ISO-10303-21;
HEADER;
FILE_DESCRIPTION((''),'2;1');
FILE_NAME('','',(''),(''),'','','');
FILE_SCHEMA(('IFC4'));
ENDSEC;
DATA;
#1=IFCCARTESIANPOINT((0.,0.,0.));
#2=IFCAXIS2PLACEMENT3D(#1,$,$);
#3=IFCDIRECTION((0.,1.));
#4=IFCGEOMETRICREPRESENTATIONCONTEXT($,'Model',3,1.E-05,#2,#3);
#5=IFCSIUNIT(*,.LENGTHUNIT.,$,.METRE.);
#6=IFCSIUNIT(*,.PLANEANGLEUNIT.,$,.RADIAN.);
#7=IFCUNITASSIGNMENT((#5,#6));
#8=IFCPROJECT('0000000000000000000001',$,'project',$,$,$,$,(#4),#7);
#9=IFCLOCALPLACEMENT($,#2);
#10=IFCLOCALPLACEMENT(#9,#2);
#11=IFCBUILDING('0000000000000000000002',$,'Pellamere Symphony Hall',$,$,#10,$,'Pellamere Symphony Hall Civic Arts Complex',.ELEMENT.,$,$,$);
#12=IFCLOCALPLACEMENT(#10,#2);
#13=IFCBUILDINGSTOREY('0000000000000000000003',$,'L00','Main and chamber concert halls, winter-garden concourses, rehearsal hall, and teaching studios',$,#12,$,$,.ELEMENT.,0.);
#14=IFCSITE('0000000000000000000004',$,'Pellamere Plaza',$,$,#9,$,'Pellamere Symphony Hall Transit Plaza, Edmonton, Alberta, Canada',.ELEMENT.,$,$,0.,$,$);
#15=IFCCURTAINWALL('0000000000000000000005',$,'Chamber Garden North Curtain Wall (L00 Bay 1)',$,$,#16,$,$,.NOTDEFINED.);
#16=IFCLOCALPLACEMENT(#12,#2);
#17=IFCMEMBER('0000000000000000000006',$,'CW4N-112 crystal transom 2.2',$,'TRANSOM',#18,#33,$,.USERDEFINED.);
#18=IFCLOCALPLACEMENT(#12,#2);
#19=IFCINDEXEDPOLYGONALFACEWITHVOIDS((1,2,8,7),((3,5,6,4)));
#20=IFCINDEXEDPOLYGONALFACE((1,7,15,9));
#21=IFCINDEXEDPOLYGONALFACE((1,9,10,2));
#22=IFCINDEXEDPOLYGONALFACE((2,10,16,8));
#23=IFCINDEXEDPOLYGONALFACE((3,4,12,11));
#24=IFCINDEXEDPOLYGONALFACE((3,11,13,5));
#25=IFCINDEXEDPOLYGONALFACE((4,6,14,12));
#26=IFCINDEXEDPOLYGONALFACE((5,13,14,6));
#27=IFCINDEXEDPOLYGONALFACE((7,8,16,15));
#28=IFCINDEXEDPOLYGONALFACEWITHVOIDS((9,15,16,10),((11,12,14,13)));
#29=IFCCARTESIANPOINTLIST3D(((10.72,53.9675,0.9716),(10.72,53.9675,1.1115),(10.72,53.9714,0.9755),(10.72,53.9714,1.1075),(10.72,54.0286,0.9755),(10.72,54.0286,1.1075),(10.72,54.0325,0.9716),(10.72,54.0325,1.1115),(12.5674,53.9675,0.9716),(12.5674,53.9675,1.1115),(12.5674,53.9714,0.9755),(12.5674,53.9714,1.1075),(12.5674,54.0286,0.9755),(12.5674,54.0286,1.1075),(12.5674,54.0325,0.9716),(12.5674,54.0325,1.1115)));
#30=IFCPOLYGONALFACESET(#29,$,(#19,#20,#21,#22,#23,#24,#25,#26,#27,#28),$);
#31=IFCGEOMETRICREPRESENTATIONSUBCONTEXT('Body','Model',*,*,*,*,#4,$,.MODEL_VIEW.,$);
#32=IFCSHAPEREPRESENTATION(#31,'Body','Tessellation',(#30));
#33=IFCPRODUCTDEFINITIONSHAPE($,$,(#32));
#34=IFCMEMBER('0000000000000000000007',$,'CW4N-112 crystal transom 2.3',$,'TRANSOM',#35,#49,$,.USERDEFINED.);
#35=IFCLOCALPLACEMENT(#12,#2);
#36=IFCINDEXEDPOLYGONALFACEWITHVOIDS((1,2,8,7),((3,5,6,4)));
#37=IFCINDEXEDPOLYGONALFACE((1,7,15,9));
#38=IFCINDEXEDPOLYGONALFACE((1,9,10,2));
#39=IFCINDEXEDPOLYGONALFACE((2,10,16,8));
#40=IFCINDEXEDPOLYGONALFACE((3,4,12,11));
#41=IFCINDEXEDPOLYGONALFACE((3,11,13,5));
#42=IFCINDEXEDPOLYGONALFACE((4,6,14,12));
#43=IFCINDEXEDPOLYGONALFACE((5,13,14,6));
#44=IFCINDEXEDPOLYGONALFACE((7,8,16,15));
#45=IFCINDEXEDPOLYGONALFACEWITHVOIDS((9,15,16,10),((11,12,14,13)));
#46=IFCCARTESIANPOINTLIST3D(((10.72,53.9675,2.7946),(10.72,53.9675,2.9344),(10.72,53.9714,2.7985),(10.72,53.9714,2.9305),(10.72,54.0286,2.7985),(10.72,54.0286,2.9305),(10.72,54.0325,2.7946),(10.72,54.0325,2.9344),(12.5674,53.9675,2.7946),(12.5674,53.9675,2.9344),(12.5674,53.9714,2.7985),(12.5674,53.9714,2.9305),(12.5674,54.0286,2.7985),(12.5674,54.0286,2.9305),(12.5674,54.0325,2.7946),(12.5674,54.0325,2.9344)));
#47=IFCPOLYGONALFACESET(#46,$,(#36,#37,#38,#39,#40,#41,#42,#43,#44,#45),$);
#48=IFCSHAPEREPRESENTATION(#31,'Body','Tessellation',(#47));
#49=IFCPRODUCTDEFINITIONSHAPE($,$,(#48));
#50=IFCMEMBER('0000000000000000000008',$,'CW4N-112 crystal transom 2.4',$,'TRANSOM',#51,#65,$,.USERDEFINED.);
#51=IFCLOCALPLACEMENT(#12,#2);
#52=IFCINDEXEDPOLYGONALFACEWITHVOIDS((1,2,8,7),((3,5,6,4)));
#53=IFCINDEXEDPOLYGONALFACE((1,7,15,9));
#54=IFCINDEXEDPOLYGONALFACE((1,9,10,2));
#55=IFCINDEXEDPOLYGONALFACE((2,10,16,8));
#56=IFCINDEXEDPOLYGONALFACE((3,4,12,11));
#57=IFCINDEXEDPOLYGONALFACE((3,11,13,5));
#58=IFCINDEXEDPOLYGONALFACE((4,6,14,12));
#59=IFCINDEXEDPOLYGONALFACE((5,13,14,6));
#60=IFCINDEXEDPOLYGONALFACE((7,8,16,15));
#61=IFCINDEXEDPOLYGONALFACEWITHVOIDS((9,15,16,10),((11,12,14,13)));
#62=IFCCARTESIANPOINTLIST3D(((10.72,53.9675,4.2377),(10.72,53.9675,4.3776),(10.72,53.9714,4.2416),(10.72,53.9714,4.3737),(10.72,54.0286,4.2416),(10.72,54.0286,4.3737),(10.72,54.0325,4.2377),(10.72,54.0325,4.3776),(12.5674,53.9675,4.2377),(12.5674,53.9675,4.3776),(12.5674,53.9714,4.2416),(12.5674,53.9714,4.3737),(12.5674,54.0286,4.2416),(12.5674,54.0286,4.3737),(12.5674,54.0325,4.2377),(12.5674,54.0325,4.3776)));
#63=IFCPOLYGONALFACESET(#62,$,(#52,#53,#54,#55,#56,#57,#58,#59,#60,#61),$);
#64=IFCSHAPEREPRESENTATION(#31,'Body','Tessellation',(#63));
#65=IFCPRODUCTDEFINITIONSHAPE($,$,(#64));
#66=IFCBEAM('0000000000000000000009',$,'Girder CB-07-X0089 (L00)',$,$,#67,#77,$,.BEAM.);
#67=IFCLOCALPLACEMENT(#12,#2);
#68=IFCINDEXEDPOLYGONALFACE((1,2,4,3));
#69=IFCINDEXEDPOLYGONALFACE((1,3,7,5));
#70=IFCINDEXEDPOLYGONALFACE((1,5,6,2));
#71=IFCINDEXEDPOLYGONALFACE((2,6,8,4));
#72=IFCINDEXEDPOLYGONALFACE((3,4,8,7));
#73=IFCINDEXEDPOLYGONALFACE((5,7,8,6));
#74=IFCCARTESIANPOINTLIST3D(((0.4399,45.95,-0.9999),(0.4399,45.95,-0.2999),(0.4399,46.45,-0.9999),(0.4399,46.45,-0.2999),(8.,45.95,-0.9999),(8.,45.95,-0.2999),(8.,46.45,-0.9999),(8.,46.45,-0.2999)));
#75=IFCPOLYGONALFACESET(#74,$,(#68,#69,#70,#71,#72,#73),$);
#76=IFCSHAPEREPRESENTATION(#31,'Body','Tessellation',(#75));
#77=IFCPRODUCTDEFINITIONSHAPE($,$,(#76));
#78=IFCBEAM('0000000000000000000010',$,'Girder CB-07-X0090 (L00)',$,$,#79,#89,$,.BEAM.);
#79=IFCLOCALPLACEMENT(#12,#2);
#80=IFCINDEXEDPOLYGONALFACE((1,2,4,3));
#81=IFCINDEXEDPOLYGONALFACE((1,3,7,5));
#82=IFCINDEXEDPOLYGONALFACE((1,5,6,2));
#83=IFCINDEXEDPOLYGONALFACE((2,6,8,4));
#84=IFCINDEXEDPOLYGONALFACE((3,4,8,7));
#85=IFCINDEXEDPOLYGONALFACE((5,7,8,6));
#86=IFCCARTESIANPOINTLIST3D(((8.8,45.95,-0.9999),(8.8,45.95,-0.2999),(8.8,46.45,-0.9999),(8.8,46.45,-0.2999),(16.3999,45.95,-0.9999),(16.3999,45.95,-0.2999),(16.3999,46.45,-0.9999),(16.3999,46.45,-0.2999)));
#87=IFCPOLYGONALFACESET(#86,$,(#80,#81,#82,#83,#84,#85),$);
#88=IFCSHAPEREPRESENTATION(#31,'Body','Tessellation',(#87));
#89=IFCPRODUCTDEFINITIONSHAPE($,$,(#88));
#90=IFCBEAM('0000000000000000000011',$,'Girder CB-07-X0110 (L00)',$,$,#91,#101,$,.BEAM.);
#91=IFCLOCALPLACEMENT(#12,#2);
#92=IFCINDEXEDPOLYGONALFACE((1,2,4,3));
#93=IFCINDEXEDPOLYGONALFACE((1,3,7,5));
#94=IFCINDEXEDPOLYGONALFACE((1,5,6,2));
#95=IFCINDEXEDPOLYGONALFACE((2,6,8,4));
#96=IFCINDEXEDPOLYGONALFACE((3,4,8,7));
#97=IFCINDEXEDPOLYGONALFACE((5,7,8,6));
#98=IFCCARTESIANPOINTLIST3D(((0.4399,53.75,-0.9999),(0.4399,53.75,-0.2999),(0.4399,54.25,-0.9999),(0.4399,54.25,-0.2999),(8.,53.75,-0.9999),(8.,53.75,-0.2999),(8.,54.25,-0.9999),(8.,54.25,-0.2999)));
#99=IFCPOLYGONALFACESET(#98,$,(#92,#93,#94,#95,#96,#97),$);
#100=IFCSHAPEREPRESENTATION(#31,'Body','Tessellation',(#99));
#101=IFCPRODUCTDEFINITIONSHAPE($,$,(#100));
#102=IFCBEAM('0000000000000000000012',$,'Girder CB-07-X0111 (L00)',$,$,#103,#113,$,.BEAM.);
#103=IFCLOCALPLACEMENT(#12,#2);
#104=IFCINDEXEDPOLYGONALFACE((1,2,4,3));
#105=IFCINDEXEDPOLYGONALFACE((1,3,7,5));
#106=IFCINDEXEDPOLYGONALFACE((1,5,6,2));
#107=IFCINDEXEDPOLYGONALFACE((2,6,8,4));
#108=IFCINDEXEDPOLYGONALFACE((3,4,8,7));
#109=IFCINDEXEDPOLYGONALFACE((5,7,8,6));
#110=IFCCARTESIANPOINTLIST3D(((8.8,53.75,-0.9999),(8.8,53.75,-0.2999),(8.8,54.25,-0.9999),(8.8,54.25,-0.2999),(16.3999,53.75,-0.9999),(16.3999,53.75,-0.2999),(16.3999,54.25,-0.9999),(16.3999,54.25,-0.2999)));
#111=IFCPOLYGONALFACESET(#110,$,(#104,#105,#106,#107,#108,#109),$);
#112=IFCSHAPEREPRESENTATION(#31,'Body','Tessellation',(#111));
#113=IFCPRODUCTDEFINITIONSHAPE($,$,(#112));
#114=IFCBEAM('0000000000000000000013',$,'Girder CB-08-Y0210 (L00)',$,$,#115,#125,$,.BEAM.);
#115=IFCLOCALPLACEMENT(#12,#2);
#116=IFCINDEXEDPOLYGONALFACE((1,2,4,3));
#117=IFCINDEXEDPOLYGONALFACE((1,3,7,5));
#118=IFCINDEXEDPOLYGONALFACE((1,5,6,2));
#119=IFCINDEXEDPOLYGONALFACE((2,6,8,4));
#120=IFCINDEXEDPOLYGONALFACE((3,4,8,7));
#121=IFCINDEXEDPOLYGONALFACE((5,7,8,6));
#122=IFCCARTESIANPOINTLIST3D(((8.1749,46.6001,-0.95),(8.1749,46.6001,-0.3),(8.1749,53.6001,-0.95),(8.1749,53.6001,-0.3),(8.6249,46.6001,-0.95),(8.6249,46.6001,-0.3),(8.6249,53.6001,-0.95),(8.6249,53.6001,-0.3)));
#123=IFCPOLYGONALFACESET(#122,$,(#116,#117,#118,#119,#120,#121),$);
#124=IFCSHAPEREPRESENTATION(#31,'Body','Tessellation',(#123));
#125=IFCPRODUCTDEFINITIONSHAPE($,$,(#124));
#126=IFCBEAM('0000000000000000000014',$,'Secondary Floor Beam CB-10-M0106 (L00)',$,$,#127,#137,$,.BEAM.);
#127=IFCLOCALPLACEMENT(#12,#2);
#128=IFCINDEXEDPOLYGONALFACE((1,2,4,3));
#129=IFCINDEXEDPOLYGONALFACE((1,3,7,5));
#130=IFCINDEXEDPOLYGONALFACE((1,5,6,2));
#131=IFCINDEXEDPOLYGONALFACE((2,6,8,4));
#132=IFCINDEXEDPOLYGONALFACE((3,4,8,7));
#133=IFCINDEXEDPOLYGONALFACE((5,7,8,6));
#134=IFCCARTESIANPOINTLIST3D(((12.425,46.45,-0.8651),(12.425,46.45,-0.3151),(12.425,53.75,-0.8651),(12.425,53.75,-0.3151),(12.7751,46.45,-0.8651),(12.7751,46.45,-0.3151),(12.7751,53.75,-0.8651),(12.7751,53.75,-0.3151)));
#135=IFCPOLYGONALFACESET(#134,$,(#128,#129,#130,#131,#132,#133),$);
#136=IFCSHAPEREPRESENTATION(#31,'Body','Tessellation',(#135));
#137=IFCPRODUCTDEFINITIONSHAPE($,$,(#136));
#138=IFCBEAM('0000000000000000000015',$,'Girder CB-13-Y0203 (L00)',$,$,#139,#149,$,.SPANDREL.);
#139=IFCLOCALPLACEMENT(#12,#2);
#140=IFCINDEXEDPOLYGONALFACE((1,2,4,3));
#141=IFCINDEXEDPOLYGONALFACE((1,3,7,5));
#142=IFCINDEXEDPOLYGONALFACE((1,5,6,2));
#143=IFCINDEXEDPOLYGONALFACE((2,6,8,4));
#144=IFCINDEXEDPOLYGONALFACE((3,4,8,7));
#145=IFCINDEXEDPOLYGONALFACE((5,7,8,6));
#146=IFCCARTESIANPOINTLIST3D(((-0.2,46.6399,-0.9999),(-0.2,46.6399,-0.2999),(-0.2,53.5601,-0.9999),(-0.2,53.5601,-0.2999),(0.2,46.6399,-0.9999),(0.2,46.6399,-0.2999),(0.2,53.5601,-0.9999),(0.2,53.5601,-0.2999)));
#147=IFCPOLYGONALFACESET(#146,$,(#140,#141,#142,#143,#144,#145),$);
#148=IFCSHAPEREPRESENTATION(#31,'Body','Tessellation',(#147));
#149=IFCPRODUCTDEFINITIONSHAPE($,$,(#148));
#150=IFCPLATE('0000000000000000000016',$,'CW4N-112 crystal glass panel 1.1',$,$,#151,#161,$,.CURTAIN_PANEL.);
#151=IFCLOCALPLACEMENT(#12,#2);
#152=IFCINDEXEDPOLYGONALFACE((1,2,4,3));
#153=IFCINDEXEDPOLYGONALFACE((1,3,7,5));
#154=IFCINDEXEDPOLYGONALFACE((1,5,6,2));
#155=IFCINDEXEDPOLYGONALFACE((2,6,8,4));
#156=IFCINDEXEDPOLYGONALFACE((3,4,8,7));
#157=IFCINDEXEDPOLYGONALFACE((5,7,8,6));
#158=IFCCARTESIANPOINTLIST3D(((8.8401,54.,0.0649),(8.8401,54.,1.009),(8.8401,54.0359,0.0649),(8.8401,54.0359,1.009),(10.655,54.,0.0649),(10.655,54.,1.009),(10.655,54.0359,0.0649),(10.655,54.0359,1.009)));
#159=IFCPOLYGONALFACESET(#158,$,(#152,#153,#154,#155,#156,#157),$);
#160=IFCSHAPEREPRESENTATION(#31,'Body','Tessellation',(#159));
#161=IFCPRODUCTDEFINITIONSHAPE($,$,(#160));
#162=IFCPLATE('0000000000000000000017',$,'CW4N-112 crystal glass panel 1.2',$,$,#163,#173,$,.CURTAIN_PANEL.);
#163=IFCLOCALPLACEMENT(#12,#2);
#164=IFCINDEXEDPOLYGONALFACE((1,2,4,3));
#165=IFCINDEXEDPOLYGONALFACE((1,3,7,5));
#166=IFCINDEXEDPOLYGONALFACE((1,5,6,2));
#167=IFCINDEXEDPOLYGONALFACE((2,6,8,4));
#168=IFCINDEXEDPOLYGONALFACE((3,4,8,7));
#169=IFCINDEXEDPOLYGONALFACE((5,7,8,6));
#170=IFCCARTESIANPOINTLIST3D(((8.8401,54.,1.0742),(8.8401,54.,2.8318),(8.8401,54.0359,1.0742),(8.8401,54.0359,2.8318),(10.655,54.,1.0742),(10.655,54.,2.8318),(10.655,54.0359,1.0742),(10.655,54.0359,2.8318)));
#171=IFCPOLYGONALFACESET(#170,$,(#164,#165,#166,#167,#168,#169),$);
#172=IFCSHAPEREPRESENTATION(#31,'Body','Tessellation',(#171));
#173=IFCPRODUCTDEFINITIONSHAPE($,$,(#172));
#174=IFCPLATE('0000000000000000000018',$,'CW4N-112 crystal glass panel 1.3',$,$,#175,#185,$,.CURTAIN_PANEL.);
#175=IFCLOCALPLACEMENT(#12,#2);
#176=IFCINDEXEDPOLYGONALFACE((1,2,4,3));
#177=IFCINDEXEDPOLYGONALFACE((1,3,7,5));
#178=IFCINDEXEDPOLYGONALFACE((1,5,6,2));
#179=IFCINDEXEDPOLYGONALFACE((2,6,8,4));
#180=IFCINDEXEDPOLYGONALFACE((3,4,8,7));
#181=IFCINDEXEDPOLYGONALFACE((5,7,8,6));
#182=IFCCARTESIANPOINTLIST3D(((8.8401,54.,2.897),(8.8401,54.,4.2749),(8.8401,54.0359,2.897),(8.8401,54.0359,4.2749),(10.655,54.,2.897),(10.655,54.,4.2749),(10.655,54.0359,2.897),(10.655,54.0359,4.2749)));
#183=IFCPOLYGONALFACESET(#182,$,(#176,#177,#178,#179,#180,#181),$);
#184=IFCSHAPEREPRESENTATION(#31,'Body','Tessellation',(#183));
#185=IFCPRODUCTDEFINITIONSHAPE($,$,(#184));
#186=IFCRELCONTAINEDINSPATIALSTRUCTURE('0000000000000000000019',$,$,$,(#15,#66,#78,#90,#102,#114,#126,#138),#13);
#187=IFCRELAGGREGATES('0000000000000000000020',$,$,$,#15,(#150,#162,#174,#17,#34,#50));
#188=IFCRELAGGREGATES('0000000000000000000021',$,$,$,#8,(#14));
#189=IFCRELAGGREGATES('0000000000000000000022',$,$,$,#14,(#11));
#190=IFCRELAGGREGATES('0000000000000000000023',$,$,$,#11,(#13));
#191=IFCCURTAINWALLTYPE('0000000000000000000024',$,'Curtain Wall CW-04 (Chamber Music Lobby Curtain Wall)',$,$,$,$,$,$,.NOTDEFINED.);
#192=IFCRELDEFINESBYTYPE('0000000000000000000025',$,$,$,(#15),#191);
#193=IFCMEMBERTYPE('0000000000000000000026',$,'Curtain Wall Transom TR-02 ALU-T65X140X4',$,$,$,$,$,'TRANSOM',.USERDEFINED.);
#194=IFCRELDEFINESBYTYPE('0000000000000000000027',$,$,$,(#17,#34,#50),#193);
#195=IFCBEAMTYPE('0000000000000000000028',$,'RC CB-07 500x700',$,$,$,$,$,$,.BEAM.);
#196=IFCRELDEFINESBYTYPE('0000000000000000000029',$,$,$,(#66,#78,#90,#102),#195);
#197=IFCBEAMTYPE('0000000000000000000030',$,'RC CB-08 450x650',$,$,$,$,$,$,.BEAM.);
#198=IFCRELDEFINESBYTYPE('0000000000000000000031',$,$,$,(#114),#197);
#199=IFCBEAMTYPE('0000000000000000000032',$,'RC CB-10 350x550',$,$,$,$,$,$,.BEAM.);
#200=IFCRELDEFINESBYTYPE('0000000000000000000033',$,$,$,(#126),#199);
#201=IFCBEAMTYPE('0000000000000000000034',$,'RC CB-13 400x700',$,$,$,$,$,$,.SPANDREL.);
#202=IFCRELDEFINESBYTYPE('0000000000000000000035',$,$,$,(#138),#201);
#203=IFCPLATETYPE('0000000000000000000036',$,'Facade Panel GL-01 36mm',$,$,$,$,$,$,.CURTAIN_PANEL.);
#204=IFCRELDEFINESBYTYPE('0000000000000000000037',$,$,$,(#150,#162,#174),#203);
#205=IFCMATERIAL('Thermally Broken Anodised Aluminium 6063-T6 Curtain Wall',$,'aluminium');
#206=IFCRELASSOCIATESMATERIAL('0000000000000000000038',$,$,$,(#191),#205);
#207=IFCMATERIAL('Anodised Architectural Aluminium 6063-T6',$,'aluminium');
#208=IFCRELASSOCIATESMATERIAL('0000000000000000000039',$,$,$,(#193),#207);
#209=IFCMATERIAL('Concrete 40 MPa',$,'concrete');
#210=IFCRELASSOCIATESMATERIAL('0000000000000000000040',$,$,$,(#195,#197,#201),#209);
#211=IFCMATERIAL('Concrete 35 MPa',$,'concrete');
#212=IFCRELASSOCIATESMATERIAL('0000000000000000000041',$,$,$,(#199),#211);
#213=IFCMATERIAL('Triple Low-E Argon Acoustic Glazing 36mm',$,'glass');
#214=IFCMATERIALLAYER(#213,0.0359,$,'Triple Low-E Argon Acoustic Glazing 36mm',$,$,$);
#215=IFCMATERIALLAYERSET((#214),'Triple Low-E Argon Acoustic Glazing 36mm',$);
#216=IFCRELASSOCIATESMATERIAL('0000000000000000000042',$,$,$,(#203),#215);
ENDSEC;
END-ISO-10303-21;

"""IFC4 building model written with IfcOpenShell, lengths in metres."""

from ifc_helpers import new_model, si_unit, direction, frame, origin, origin_2d, place, context, subcontext, project, spatial, polyline, rectangle, hollow_rectangle, outline, extrude, material, layer, layer_set, material_profile, profile_set, type_object, element, aggregate, save


model = new_model("IFC4")

# Units and contexts
model_context = context("Model", 3, precision=1e-05, world=origin(), true_north=direction((0.0, 1.0)))
body_context = subcontext(model_context, "Body", "Model", "MODEL_VIEW")
ifc_project = project(units=[si_unit("LENGTHUNIT", "METRE"), si_unit("PLANEANGLEUNIT", "RADIAN")], contexts=[model_context])

# Site, building, storey
site_placement = place(None, origin())
site = spatial("IfcSite", under=ifc_project, at=site_placement, Name="Pellamere Plaza", LongName="Pellamere Symphony Hall Transit Plaza, Edmonton, Alberta, Canada", CompositionType="ELEMENT", RefElevation=0.0)
building_placement = place(site_placement, origin())
building = spatial("IfcBuilding", under=site, at=building_placement, Name="Pellamere Symphony Hall", LongName="Pellamere Symphony Hall Civic Arts Complex", CompositionType="ELEMENT")
storey_placement = place(building_placement, origin())
storey = spatial("IfcBuildingStorey", under=building, at=storey_placement, Name="L00", Description="Main and chamber concert halls, winter-garden concourses, rehearsal hall, and teaching studios", CompositionType="ELEMENT", Elevation=0.0)

# Shared definitions
ifc_material_1 = material(Name="Concrete 40 MPa", Category="concrete")

# Curtain wall, members
ifc_material_2 = material(Name="Thermally Broken Anodised Aluminium 6063-T6 Curtain Wall", Category="aluminium")
curtain_wall_type = type_object("IfcCurtainWallType", Name="Curtain Wall CW-04 (Chamber Music Lobby Curtain Wall)", PredefinedType="NOTDEFINED", material=ifc_material_2)
curtain_wall_placement = place(storey_placement, origin())
curtain_wall = element("IfcCurtainWall", 1, at=curtain_wall_placement, inside=storey, type_object=curtain_wall_type, Name="Chamber Garden North Curtain Wall (L00 Bay 1)", PredefinedType="NOTDEFINED")
ifc_material_3 = material(Name="Anodised Architectural Aluminium 6063-T6", Category="aluminium")
ifc_material_profile_1 = material_profile(ifc_material_3, hollow_rectangle(XDim=0.0649, YDim=0.1399, WallThickness=0.0039, at=origin_2d()), Name="ALU-T65X140X4")
ifc_profile_set_1 = profile_set([ifc_material_profile_1], Name="Anodised Architectural Aluminium 6063-T6")
member_type_1 = type_object("IfcMemberType", Name="Curtain Wall Transom TR-02 ALU-T65X140X4", ElementType="TRANSOM", PredefinedType="USERDEFINED", material=ifc_profile_set_1)
member_1_placement = place(storey_placement, frame((10.72, 54.0, 1.0415), z_axis=(1.0, 0.0, 0.0), x_axis=(0.0, 1.0, 0.0)))
member_1 = element("IfcMember", 2, at=member_1_placement, type_object=member_type_1, Name="CW4N-112 crystal transom 2.2", ObjectType="TRANSOM", PredefinedType="USERDEFINED", context=body_context, shape_type="SweptSolid", body=[
    extrude(hollow_rectangle(XDim=0.0649, YDim=0.1399, WallThickness=0.0039, at=origin_2d()), origin(), (0.0, 0.0, 1.0), 1.8474),
])
member_2_placement = place(storey_placement, frame((10.72, 54.0, 2.8645), z_axis=(1.0, 0.0, 0.0), x_axis=(0.0, 1.0, 0.0)))
member_2 = element("IfcMember", 3, at=member_2_placement, type_object=member_type_1, Name="CW4N-112 crystal transom 2.3", ObjectType="TRANSOM", PredefinedType="USERDEFINED", context=body_context, shape_type="SweptSolid", body=[
    extrude(hollow_rectangle(XDim=0.0649, YDim=0.1399, WallThickness=0.0039, at=origin_2d()), origin(), (0.0, 0.0, 1.0), 1.8474),
])
member_3_placement = place(storey_placement, frame((10.72, 54.0, 4.3076), z_axis=(1.0, 0.0, 0.0), x_axis=(0.0, 1.0, 0.0)))
member_3 = element("IfcMember", 4, at=member_3_placement, type_object=member_type_1, Name="CW4N-112 crystal transom 2.4", ObjectType="TRANSOM", PredefinedType="USERDEFINED", context=body_context, shape_type="SweptSolid", body=[
    extrude(hollow_rectangle(XDim=0.0649, YDim=0.1399, WallThickness=0.0039, at=origin_2d()), origin(), (0.0, 0.0, 1.0), 1.8474),
])

# Beams
ifc_material_profile_2 = material_profile(ifc_material_1, rectangle(XDim=0.5, YDim=0.7, at=origin_2d()), Name="RC 500x700")
ifc_profile_set_2 = profile_set([ifc_material_profile_2], Name="Concrete 40 MPa")
beam_type_1 = type_object("IfcBeamType", Name="RC CB-07 500x700", PredefinedType="BEAM", material=ifc_profile_set_2)
beam_1_placement = place(storey_placement, frame((0.4399, 46.2, -0.6499), z_axis=(1.0, 0.0, 0.0), x_axis=(0.0, 1.0, 0.0)))
element("IfcBeam", 5, at=beam_1_placement, inside=storey, type_object=beam_type_1, Name="Girder CB-07-X0089 (L00)", PredefinedType="BEAM", context=body_context, shape_type="SweptSolid", body=[
    extrude(rectangle(XDim=0.5, YDim=0.7, at=origin_2d()), origin(), (0.0, 0.0, 1.0), 7.5601),
])
beam_2_placement = place(storey_placement, frame((8.8, 46.2, -0.6499), z_axis=(1.0, 0.0, 0.0), x_axis=(0.0, 1.0, 0.0)))
element("IfcBeam", 6, at=beam_2_placement, inside=storey, type_object=beam_type_1, Name="Girder CB-07-X0090 (L00)", PredefinedType="BEAM", context=body_context, shape_type="SweptSolid", body=[
    extrude(rectangle(XDim=0.5, YDim=0.7, at=origin_2d()), origin(), (0.0, 0.0, 1.0), 7.5999),
])
beam_3_placement = place(storey_placement, frame((0.4399, 54.0, -0.6499), z_axis=(1.0, 0.0, 0.0), x_axis=(0.0, 1.0, 0.0)))
element("IfcBeam", 7, at=beam_3_placement, inside=storey, type_object=beam_type_1, Name="Girder CB-07-X0110 (L00)", PredefinedType="BEAM", context=body_context, shape_type="SweptSolid", body=[
    extrude(rectangle(XDim=0.5, YDim=0.7, at=origin_2d()), origin(), (0.0, 0.0, 1.0), 7.5601),
])
beam_4_placement = place(storey_placement, frame((8.8, 54.0, -0.6499), z_axis=(1.0, 0.0, 0.0), x_axis=(0.0, 1.0, 0.0)))
element("IfcBeam", 8, at=beam_4_placement, inside=storey, type_object=beam_type_1, Name="Girder CB-07-X0111 (L00)", PredefinedType="BEAM", context=body_context, shape_type="SweptSolid", body=[
    extrude(rectangle(XDim=0.5, YDim=0.7, at=origin_2d()), origin(), (0.0, 0.0, 1.0), 7.5999),
])
ifc_material_profile_3 = material_profile(ifc_material_1, rectangle(XDim=0.45, YDim=0.6499, at=origin_2d()), Name="RC 450x650")
ifc_profile_set_3 = profile_set([ifc_material_profile_3], Name="Concrete 40 MPa")
beam_type_2 = type_object("IfcBeamType", Name="RC CB-08 450x650", PredefinedType="BEAM", material=ifc_profile_set_3)
beam_5_placement = place(storey_placement, frame((8.3999, 46.6001, -0.625), z_axis=(0.0, 1.0, 0.0), x_axis=(-1.0, 0.0, 0.0)))
element("IfcBeam", 9, at=beam_5_placement, inside=storey, type_object=beam_type_2, Name="Girder CB-08-Y0210 (L00)", PredefinedType="BEAM", context=body_context, shape_type="SweptSolid", body=[
    extrude(rectangle(XDim=0.45, YDim=0.6499, at=origin_2d()), origin(), (0.0, 0.0, 1.0), 7.0),
])
ifc_material_4 = material(Name="Concrete 35 MPa", Category="concrete")
ifc_material_profile_4 = material_profile(ifc_material_4, rectangle(XDim=0.3501, YDim=0.55, at=origin_2d()), Name="RC 350x550")
ifc_profile_set_4 = profile_set([ifc_material_profile_4], Name="Concrete 35 MPa")
beam_type_3 = type_object("IfcBeamType", Name="RC CB-10 350x550", PredefinedType="BEAM", material=ifc_profile_set_4)
beam_6_placement = place(storey_placement, frame((12.6001, 46.45, -0.5901), z_axis=(0.0, 1.0, 0.0), x_axis=(-1.0, 0.0, 0.0)))
element("IfcBeam", 10, at=beam_6_placement, inside=storey, type_object=beam_type_3, Name="Secondary Floor Beam CB-10-M0106 (L00)", PredefinedType="BEAM", context=body_context, shape_type="SweptSolid", body=[
    extrude(rectangle(XDim=0.3501, YDim=0.55, at=origin_2d()), origin(), (0.0, 0.0, 1.0), 7.3),
])
ifc_material_profile_5 = material_profile(ifc_material_1, rectangle(XDim=0.3999, YDim=0.7, at=origin_2d()), Name="RC 400x700")
ifc_profile_set_5 = profile_set([ifc_material_profile_5], Name="Concrete 40 MPa")
beam_type_4 = type_object("IfcBeamType", Name="RC CB-13 400x700", PredefinedType="SPANDREL", material=ifc_profile_set_5)
beam_7_placement = place(storey_placement, frame((0.0, 46.6399, -0.6499), z_axis=(0.0, 1.0, 0.0), x_axis=(-1.0, 0.0, 0.0)))
element("IfcBeam", 11, at=beam_7_placement, inside=storey, type_object=beam_type_4, Name="Girder CB-13-Y0203 (L00)", PredefinedType="SPANDREL", context=body_context, shape_type="SweptSolid", body=[
    extrude(rectangle(XDim=0.3999, YDim=0.7, at=origin_2d()), origin(), (0.0, 0.0, 1.0), 6.9202),
])

# Plates
ifc_material_5 = material(Name="Triple Low-E Argon Acoustic Glazing 36mm", Category="glass")
ifc_layer_1 = layer(ifc_material_5, 0.0359, Name="Triple Low-E Argon Acoustic Glazing 36mm")
ifc_layer_set_1 = layer_set([ifc_layer_1], Name="Triple Low-E Argon Acoustic Glazing 36mm")
plate_type = type_object("IfcPlateType", Name="Facade Panel GL-01 36mm", PredefinedType="CURTAIN_PANEL", material=ifc_layer_set_1)
plate_1_placement = place(storey_placement, frame((8.8401, 54.0, 0.0649), z_axis=(0.0, -1.0, 0.0), x_axis=(1.0, 0.0, 0.0)))
plate_1 = element("IfcPlate", 12, at=plate_1_placement, type_object=plate_type, Name="CW4N-112 crystal glass panel 1.1", PredefinedType="CURTAIN_PANEL", context=body_context, shape_type="SweptSolid", body=[
    extrude(outline(polyline([(0.0, 0.0), (1.8149, 0.0), (1.8149, 0.9441), (0.0, 0.9441), (0.0, 0.0)])), origin(), (0.0, 0.0, -1.0), 0.0359),
])
plate_2_placement = place(storey_placement, frame((8.8401, 54.0, 1.0742), z_axis=(0.0, -1.0, 0.0), x_axis=(1.0, 0.0, 0.0)))
plate_2 = element("IfcPlate", 13, at=plate_2_placement, type_object=plate_type, Name="CW4N-112 crystal glass panel 1.2", PredefinedType="CURTAIN_PANEL", context=body_context, shape_type="SweptSolid", body=[
    extrude(outline(polyline([(0.0, 0.0), (1.8149, 0.0), (1.8149, 1.7576), (0.0, 1.7576), (0.0, 0.0)])), origin(), (0.0, 0.0, -1.0), 0.0359),
])
plate_3_placement = place(storey_placement, frame((8.8401, 54.0, 2.897), z_axis=(0.0, -1.0, 0.0), x_axis=(1.0, 0.0, 0.0)))
plate_3 = element("IfcPlate", 14, at=plate_3_placement, type_object=plate_type, Name="CW4N-112 crystal glass panel 1.3", PredefinedType="CURTAIN_PANEL", context=body_context, shape_type="SweptSolid", body=[
    extrude(outline(polyline([(0.0, 0.0), (1.8149, 0.0), (1.8149, 1.3779), (0.0, 1.3779), (0.0, 0.0)])), origin(), (0.0, 0.0, -1.0), 0.0359),
])
aggregate(curtain_wall, [plate_1, plate_2, plate_3, member_1, member_2, member_3])

save(model, "model.ifc")
